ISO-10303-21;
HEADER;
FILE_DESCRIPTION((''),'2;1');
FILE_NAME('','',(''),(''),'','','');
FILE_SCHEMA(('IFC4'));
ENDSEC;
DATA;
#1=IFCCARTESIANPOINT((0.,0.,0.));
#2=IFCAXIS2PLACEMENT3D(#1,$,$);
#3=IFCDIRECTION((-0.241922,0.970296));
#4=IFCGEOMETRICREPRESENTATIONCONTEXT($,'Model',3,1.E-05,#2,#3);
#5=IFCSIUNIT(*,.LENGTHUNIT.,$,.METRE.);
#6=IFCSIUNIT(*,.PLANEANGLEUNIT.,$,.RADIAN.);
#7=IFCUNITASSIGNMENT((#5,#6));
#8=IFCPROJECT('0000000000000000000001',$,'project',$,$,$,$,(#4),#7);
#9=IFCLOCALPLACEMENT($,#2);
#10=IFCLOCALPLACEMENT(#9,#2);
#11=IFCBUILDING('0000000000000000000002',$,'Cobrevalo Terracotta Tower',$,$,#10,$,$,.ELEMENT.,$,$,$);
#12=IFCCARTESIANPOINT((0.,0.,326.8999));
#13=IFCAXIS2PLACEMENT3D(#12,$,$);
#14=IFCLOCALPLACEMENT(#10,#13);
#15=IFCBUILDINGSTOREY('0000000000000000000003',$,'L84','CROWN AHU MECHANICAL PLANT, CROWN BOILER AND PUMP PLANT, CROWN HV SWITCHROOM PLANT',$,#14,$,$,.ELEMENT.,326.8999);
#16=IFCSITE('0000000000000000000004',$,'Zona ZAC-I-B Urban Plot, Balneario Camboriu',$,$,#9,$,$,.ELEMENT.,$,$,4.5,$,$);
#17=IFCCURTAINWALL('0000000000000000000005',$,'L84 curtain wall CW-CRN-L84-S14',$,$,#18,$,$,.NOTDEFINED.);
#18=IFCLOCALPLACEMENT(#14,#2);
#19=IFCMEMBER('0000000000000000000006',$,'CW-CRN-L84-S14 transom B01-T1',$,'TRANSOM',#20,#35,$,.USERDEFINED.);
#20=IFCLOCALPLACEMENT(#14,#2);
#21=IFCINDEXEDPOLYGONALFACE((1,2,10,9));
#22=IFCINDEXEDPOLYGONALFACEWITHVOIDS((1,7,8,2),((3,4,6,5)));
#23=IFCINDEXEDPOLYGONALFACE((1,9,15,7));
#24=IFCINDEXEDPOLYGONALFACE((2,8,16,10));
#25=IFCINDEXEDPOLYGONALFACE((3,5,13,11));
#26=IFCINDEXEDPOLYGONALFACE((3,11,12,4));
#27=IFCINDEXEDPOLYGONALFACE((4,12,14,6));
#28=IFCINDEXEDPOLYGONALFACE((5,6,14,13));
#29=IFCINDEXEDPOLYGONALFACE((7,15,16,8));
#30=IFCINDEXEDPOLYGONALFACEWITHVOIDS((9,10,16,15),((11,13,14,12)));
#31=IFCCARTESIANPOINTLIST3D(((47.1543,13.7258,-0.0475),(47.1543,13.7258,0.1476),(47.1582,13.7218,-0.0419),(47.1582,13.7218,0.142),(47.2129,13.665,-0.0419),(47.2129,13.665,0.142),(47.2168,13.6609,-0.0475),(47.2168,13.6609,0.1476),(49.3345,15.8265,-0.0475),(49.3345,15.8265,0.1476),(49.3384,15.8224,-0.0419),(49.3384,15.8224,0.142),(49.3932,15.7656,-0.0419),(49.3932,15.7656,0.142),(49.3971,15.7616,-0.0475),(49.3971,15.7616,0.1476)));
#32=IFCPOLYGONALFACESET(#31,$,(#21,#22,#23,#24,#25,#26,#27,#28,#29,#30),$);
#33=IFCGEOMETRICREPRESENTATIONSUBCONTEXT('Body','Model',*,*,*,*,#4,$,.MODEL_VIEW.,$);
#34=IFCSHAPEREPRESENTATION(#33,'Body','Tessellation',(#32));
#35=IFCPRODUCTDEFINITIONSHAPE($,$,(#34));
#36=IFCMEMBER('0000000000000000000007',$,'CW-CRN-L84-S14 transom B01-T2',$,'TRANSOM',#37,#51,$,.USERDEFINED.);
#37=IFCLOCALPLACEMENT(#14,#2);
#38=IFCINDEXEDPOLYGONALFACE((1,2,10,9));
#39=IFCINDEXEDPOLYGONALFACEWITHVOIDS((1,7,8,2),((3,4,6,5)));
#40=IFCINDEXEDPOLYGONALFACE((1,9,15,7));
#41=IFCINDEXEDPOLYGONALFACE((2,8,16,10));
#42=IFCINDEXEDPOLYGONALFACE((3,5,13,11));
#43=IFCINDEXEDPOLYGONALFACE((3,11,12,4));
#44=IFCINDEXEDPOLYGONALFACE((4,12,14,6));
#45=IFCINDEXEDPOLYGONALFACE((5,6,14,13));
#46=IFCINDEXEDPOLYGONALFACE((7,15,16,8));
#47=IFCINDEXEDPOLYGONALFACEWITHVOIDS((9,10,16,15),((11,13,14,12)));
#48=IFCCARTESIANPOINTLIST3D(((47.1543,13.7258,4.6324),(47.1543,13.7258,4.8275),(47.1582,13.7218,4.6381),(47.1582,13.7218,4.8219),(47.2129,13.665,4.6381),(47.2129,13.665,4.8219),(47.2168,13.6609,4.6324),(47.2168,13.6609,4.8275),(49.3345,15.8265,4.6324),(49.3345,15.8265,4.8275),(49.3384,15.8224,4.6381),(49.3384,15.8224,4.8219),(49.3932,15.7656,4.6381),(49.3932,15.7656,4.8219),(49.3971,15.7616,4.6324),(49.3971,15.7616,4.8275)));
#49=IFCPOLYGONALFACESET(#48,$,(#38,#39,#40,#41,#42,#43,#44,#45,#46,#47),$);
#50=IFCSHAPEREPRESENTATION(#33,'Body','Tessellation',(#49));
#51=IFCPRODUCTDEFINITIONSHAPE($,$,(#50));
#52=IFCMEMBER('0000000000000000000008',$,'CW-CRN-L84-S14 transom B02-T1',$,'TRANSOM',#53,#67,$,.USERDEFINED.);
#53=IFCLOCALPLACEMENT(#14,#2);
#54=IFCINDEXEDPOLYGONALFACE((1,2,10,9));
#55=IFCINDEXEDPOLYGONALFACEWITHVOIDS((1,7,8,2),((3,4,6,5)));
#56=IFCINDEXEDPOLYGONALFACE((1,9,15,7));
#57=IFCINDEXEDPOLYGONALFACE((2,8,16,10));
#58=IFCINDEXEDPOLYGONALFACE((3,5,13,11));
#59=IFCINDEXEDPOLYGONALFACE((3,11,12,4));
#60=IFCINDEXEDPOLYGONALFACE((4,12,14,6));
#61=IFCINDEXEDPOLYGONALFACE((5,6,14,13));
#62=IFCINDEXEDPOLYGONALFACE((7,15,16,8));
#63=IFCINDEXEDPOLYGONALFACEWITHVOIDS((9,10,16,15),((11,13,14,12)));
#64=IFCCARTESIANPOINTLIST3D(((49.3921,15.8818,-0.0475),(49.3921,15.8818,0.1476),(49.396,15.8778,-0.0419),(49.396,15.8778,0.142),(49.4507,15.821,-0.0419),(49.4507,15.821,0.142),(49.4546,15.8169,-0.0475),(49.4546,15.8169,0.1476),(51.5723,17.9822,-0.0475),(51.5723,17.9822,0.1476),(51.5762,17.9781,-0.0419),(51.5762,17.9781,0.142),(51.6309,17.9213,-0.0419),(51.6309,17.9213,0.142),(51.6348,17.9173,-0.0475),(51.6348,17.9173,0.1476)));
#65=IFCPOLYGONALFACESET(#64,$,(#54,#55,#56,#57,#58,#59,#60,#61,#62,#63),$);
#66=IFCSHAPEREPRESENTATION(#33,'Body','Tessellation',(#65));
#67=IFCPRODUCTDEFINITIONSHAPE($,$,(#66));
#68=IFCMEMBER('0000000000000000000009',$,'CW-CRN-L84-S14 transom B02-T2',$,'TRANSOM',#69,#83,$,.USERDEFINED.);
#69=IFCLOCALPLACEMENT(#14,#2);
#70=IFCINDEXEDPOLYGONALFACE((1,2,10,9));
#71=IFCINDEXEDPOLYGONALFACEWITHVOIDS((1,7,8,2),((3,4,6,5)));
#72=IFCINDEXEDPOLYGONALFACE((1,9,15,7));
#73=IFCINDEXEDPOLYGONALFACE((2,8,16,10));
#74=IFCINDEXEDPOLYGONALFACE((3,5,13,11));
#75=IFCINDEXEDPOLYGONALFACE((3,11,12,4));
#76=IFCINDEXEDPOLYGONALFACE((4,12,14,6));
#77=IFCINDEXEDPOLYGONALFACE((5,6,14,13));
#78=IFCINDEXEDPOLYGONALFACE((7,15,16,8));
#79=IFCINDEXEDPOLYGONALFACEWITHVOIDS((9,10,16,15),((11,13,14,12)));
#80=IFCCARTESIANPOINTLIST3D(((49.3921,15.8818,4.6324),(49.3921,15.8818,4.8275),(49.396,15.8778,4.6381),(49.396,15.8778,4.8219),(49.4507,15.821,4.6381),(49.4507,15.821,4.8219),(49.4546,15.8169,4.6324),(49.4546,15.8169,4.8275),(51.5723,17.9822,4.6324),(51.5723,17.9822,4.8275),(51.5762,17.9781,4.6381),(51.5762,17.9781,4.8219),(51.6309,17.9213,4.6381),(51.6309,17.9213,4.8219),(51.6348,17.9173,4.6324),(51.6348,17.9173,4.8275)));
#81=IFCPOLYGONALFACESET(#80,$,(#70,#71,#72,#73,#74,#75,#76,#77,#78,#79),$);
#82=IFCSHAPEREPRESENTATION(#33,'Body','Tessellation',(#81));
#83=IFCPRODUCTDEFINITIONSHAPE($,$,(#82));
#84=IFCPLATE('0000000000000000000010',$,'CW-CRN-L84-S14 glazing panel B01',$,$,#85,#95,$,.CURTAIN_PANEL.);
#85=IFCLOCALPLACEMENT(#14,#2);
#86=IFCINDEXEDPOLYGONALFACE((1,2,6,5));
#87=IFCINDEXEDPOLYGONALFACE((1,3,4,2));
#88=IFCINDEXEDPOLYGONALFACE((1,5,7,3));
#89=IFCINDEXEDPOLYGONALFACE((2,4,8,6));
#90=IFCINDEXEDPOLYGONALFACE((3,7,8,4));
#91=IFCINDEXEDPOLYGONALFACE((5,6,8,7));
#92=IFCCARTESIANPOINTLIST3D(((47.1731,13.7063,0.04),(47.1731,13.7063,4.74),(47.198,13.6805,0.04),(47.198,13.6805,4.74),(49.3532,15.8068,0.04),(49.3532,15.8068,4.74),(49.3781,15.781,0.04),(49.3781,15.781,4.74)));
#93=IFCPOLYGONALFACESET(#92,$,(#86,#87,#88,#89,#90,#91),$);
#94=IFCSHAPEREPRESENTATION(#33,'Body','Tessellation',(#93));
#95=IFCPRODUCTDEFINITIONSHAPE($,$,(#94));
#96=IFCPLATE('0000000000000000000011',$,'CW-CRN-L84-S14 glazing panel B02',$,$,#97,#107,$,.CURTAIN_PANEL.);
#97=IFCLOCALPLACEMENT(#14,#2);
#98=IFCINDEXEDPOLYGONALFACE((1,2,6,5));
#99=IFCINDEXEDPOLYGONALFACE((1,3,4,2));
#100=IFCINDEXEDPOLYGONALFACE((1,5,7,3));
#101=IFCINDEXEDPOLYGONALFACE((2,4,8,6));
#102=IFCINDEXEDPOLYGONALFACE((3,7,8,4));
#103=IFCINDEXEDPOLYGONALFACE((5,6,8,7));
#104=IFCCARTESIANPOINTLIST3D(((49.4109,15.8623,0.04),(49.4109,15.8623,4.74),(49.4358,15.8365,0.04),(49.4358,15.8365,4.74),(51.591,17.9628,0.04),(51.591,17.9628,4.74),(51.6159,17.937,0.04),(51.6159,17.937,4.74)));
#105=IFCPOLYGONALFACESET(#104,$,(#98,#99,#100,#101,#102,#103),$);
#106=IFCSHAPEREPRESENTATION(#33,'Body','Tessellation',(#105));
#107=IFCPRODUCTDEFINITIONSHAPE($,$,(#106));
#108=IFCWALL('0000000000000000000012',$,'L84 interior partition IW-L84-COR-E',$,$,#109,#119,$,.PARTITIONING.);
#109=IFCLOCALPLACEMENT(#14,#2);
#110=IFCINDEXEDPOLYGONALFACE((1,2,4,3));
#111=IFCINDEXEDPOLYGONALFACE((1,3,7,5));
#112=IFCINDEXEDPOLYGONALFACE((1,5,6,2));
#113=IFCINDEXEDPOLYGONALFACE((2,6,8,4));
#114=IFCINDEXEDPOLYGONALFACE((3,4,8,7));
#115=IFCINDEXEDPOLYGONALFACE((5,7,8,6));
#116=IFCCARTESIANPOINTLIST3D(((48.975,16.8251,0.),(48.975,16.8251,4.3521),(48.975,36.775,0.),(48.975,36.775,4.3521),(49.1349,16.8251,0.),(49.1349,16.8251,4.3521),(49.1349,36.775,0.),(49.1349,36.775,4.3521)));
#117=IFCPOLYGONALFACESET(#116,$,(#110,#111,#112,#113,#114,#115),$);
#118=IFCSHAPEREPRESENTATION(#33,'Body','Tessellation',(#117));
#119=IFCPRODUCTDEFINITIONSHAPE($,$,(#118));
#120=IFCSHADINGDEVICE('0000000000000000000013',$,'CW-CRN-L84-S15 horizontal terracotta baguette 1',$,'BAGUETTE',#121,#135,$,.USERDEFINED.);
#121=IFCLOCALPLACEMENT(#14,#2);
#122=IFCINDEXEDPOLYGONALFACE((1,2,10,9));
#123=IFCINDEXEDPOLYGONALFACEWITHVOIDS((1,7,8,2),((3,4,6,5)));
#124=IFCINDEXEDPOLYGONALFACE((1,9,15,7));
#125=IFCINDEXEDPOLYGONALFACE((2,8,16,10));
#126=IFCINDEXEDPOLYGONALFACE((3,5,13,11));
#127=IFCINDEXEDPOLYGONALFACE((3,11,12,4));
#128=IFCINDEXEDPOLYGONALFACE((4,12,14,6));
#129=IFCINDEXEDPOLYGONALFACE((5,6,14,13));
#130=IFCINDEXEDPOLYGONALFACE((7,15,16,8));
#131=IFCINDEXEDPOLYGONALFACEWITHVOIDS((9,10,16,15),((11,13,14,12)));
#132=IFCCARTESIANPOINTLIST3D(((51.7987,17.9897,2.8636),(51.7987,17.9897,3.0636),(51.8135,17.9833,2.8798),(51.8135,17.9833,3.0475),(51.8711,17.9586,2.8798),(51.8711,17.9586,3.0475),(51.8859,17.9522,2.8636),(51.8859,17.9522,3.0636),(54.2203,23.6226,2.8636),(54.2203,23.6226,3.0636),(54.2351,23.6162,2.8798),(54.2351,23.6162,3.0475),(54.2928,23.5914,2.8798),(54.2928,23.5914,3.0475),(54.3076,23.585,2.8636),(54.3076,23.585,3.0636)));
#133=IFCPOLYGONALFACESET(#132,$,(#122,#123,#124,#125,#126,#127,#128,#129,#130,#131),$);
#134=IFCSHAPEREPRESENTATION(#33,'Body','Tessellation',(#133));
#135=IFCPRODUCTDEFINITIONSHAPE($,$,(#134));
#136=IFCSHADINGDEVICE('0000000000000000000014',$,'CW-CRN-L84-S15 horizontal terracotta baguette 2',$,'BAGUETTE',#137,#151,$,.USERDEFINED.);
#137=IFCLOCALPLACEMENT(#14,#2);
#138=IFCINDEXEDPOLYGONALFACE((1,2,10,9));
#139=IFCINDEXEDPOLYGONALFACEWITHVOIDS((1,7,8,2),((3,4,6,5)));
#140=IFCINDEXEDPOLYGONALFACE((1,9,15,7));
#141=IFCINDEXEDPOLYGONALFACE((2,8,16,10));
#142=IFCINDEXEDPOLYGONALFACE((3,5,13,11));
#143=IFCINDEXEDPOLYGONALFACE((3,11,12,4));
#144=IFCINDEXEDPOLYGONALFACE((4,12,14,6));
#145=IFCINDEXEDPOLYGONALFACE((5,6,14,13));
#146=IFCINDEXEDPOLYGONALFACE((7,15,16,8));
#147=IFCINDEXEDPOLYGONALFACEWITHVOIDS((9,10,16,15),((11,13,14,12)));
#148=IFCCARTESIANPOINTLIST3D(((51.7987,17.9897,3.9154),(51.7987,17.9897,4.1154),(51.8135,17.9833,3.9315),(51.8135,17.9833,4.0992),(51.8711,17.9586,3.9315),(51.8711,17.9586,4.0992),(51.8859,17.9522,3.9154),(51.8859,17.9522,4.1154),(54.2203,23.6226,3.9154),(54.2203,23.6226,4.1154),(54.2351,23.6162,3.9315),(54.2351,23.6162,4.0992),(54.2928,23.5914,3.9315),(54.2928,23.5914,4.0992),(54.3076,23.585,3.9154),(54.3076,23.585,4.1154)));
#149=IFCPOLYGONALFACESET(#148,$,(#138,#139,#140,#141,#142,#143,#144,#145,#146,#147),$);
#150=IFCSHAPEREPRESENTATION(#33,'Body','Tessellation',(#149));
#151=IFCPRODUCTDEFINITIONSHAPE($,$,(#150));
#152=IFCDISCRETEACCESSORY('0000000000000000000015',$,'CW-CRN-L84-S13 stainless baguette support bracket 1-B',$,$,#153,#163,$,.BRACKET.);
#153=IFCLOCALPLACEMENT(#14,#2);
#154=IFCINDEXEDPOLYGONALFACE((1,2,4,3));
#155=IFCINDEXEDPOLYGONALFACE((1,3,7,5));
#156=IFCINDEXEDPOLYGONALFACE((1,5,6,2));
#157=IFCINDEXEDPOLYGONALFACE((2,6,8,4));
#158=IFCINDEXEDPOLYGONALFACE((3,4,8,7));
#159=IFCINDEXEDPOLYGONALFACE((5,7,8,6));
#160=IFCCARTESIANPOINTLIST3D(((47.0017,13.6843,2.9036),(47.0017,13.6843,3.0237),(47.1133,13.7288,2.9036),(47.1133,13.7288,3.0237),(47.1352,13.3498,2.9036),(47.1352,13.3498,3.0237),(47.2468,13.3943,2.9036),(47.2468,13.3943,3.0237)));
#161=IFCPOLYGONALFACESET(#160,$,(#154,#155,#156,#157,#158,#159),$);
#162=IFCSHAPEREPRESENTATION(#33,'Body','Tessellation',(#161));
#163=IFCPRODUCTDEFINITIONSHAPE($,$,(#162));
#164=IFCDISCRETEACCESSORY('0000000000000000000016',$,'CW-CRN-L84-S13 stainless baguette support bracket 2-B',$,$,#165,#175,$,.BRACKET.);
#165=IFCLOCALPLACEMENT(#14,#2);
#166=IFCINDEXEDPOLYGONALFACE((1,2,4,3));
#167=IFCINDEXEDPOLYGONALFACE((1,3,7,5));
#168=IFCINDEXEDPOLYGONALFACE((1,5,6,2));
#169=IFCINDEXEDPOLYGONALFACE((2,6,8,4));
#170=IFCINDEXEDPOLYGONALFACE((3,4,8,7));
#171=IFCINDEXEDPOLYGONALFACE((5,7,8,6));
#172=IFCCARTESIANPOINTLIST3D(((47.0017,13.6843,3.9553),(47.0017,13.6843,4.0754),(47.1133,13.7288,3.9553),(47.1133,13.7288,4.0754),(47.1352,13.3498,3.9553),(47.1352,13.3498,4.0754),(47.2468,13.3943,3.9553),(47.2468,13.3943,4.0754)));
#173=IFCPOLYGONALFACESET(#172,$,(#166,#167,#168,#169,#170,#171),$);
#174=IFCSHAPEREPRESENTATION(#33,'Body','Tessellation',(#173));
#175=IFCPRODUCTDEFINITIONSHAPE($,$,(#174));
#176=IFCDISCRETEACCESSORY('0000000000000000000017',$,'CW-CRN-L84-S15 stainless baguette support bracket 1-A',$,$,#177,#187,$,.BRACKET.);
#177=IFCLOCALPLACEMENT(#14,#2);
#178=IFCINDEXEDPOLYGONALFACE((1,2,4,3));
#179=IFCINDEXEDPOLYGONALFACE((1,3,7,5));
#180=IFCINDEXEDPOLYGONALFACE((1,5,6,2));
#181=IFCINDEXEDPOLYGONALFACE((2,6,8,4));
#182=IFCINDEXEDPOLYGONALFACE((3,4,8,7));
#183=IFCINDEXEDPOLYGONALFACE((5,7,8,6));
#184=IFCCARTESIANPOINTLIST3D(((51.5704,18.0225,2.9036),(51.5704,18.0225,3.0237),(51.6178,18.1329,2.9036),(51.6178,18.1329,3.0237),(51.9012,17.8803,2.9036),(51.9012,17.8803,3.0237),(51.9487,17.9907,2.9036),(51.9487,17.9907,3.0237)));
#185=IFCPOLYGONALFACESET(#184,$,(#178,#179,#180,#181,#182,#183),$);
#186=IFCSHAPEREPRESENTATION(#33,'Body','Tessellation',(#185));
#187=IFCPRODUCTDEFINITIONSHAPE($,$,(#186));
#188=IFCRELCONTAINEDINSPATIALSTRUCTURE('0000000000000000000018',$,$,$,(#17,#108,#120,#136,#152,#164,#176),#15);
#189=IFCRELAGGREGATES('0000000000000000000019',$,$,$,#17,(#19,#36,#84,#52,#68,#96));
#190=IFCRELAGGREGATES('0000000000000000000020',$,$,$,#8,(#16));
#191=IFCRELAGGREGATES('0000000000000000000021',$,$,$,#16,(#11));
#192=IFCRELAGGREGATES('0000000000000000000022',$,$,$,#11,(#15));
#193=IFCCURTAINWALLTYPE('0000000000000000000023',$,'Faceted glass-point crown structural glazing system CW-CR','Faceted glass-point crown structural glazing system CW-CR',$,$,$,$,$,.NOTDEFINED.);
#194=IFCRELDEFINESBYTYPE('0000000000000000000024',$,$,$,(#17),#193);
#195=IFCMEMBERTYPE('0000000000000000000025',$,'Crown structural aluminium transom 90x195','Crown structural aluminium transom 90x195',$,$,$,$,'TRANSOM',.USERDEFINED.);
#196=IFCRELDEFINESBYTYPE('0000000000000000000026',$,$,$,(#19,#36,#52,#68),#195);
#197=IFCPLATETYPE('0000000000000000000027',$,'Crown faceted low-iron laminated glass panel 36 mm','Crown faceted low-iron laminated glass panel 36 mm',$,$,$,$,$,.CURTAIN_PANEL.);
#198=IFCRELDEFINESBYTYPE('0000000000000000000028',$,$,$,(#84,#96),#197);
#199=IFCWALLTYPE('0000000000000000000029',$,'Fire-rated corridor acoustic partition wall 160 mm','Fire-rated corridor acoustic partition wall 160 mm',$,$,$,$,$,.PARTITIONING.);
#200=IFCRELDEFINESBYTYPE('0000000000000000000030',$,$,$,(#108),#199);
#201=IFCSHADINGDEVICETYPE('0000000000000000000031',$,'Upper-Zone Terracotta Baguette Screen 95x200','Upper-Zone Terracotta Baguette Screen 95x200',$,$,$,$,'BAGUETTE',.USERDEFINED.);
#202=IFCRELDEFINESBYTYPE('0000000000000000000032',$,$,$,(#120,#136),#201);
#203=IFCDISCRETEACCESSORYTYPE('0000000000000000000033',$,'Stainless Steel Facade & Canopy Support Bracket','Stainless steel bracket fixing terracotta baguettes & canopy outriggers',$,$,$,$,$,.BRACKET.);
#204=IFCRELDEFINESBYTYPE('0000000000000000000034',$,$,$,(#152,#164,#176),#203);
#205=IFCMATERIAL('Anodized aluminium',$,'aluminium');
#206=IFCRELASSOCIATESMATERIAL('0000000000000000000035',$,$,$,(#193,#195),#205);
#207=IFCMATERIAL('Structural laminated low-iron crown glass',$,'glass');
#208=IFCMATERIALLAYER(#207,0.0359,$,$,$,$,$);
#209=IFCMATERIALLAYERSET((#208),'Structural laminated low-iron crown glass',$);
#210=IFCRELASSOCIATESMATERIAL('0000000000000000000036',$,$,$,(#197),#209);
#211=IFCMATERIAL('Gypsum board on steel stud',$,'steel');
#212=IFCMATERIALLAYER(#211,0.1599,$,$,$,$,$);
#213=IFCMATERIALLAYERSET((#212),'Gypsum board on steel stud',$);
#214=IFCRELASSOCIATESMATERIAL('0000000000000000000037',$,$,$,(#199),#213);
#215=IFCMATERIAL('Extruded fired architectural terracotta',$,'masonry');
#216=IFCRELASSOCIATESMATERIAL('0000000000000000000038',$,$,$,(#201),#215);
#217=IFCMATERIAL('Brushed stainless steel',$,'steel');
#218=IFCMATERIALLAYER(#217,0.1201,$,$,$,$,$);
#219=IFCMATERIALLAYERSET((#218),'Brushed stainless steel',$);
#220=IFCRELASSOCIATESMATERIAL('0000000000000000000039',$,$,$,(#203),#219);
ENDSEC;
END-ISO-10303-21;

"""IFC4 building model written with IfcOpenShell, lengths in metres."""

from ifc_helpers import new_model, si_unit, direction, frame, frame_2d, origin, origin_2d, place, context, subcontext, project, spatial, rectangle, hollow_rectangle, extrude, source, transform, mapped, material, layer, layer_set, material_profile, profile_set, type_object, element, aggregate, save


model = new_model("IFC4")

# Units and contexts
model_context = context("Model", 3, precision=1e-05, world=origin(), true_north=direction((-0.241922, 0.970296)))
body_context = subcontext(model_context, "Body", "Model", "MODEL_VIEW")
ifc_project = project(units=[si_unit("LENGTHUNIT", "METRE"), si_unit("PLANEANGLEUNIT", "RADIAN")], contexts=[model_context])

# Site, building, storey
site_placement = place(None, origin())
site = spatial("IfcSite", under=ifc_project, at=site_placement, Name="Zona ZAC-I-B Urban Plot, Balneario Camboriu", CompositionType="ELEMENT", RefElevation=4.5)
building_placement = place(site_placement, origin())
building = spatial("IfcBuilding", under=site, at=building_placement, Name="Cobrevalo Terracotta Tower", CompositionType="ELEMENT")
storey_placement = place(building_placement, frame((0.0, 0.0, 326.8999)))
storey = spatial("IfcBuildingStorey", under=building, at=storey_placement, Name="L84", Description="CROWN AHU MECHANICAL PLANT, CROWN BOILER AND PUMP PLANT, CROWN HV SWITCHROOM PLANT", CompositionType="ELEMENT", Elevation=326.8999)

# Shared definitions
ifc_material_1 = material(Name="Anodized aluminium", Category="aluminium")
curtain_wall_type = type_object("IfcCurtainWallType", Name="Faceted glass-point crown structural glazing system CW-CR", Description="Faceted glass-point crown structural glazing system CW-CR", PredefinedType="NOTDEFINED", material=ifc_material_1)

# Curtain wall
curtain_wall_1_placement = place(storey_placement, origin())
curtain_wall_1 = element("IfcCurtainWall", 1, at=curtain_wall_1_placement, inside=storey, type_object=curtain_wall_type, Name="L84 curtain wall CW-CRN-L84-S14", PredefinedType="NOTDEFINED")
ifc_material_profile_1 = material_profile(ifc_material_1, hollow_rectangle(XDim=0.0901, YDim=0.1951, WallThickness=0.0056, at=origin_2d()), Name="CWT 90x195")
ifc_profile_set_1 = profile_set([ifc_material_profile_1], Name="Anodized aluminium")
member_type_1 = type_object("IfcMemberType", Name="Crown structural aluminium transom 90x195", Description="Crown structural aluminium transom 90x195", ElementType="TRANSOM", PredefinedType="USERDEFINED", material=ifc_profile_set_1)

# Members
shared_shape_1 = source(origin(), body_context, "Body", "SweptSolid", [
    extrude(hollow_rectangle(XDim=0.0901, YDim=0.1951, WallThickness=0.0056, at=origin_2d()), origin(), (0.0, 0.0, 1.0), 3.0276),
])
member_1_placement = place(storey_placement, frame((47.1855, 13.6934, 0.05), z_axis=(0.720129, 0.69384, 0.0), x_axis=(-0.69384, 0.720129, 0.0)))
member_1 = element("IfcMember", 2, at=member_1_placement, type_object=member_type_1, Name="CW-CRN-L84-S14 transom B01-T1", ObjectType="TRANSOM", PredefinedType="USERDEFINED", context=body_context, shape_type="MappedRepresentation", body=[
    mapped(shared_shape_1, transform((0.0, 0.0, 0.0), scale=1.0)),
])
member_2_placement = place(storey_placement, frame((47.1855, 13.6934, 4.73), z_axis=(0.720129, 0.69384, 0.0), x_axis=(-0.69384, 0.720129, 0.0)))
member_2 = element("IfcMember", 3, at=member_2_placement, type_object=member_type_1, Name="CW-CRN-L84-S14 transom B01-T2", ObjectType="TRANSOM", PredefinedType="USERDEFINED", context=body_context, shape_type="MappedRepresentation", body=[
    mapped(shared_shape_1, transform((0.0, 0.0, 0.0), scale=1.0)),
])
shared_shape_2 = source(origin(), body_context, "Body", "SweptSolid", [
    extrude(hollow_rectangle(XDim=0.0901, YDim=0.1951, WallThickness=0.0056, at=origin_2d()), origin(), (0.0, 0.0, 1.0), 3.0273),
])
member_3_placement = place(storey_placement, frame((49.4233, 15.8494, 0.05), z_axis=(0.720169, 0.693798, 0.0), x_axis=(-0.693798, 0.720169, 0.0)))
member_3 = element("IfcMember", 4, at=member_3_placement, type_object=member_type_1, Name="CW-CRN-L84-S14 transom B02-T1", ObjectType="TRANSOM", PredefinedType="USERDEFINED", context=body_context, shape_type="MappedRepresentation", body=[
    mapped(shared_shape_2, transform((0.0, 0.0, 0.0), scale=1.0)),
])
member_4_placement = place(storey_placement, frame((49.4233, 15.8494, 4.73), z_axis=(0.720169, 0.693798, 0.0), x_axis=(-0.693798, 0.720169, 0.0)))
member_4 = element("IfcMember", 5, at=member_4_placement, type_object=member_type_1, Name="CW-CRN-L84-S14 transom B02-T2", ObjectType="TRANSOM", PredefinedType="USERDEFINED", context=body_context, shape_type="MappedRepresentation", body=[
    mapped(shared_shape_2, transform((0.0, 0.0, 0.0), scale=1.0)),
])

# Plates
ifc_material_2 = material(Name="Structural laminated low-iron crown glass", Category="glass")
ifc_layer_1 = layer(ifc_material_2, 0.0359)
ifc_layer_set_1 = layer_set([ifc_layer_1], Name="Structural laminated low-iron crown glass")
plate_type = type_object("IfcPlateType", Name="Crown faceted low-iron laminated glass panel 36 mm", Description="Crown faceted low-iron laminated glass panel 36 mm", PredefinedType="CURTAIN_PANEL", material=ifc_layer_set_1)
shared_shape_3 = source(origin(), body_context, "Body", "SweptSolid", [
    extrude(rectangle(XDim=3.0273, YDim=0.0359, at=origin_2d()), origin(), (0.0, 0.0, 1.0), 4.7),
])
plate_1_placement = place(storey_placement, frame((48.2756, 14.7437, 0.04), z_axis=(0.0, 0.0, 1.0), x_axis=(0.720133, 0.693836, 0.0)))
plate_1 = element("IfcPlate", 6, at=plate_1_placement, type_object=plate_type, Name="CW-CRN-L84-S14 glazing panel B01", PredefinedType="CURTAIN_PANEL", context=body_context, shape_type="MappedRepresentation", body=[
    mapped(shared_shape_3, transform((0.0, 0.0, 0.0), scale=1.0)),
])
plate_2_placement = place(storey_placement, frame((50.5134, 16.8997, 0.04), z_axis=(0.0, 0.0, 1.0), x_axis=(0.720133, 0.693836, 0.0)))
plate_2 = element("IfcPlate", 7, at=plate_2_placement, type_object=plate_type, Name="CW-CRN-L84-S14 glazing panel B02", PredefinedType="CURTAIN_PANEL", context=body_context, shape_type="MappedRepresentation", body=[
    mapped(shared_shape_3, transform((0.0, 0.0, 0.0), scale=1.0)),
])
aggregate(curtain_wall_1, [member_1, member_2, plate_1, member_3, member_4, plate_2])

# Wall
ifc_material_3 = material(Name="Gypsum board on steel stud", Category="steel")
ifc_layer_2 = layer(ifc_material_3, 0.1599)
ifc_layer_set_2 = layer_set([ifc_layer_2], Name="Gypsum board on steel stud")
wall_type = type_object("IfcWallType", Name="Fire-rated corridor acoustic partition wall 160 mm", Description="Fire-rated corridor acoustic partition wall 160 mm", PredefinedType="PARTITIONING", material=ifc_layer_set_2)
wall_placement = place(storey_placement, frame((49.0549, 16.825, 0.0), z_axis=(0.0, 0.0, 1.0), x_axis=(0.0, 1.0, 0.0)))
element("IfcWall", 8, at=wall_placement, inside=storey, type_object=wall_type, Name="L84 interior partition IW-L84-COR-E", PredefinedType="PARTITIONING", context=body_context, shape_type="SweptSolid", body=[
    extrude(rectangle(XDim=19.95, YDim=0.1599, at=frame_2d((9.9751, 0.0))), origin(), (0.0, 0.0, 1.0), 4.3521),
])

# Shading devices
ifc_material_4 = material(Name="Extruded fired architectural terracotta", Category="masonry")
ifc_material_profile_2 = material_profile(ifc_material_4, hollow_rectangle(XDim=0.095, YDim=0.2, WallThickness=0.0161, at=origin_2d()), Name="BAGUETTE 95x200")
ifc_profile_set_2 = profile_set([ifc_material_profile_2], Name="Extruded fired architectural terracotta")
shading_device_type = type_object("IfcShadingDeviceType", Name="Upper-Zone Terracotta Baguette Screen 95x200", Description="Upper-Zone Terracotta Baguette Screen 95x200", ElementType="BAGUETTE", PredefinedType="USERDEFINED", material=ifc_profile_set_2)
shared_shape_4 = source(origin(), body_context, "Body", "SweptSolid", [
    extrude(hollow_rectangle(XDim=0.095, YDim=0.2, WallThickness=0.0161, at=origin_2d()), origin(), (0.0, 0.0, 1.0), 6.1313),
])
for number, where, z_axis, x_axis, name in (
    (9, (51.8423, 17.9709, 2.9636), (0.394962, 0.918698, 0.0), (-0.918698, 0.394962, 0.0), "CW-CRN-L84-S15 horizontal terracotta baguette 1"),
    (10, (51.8423, 17.9709, 4.0154), (0.394962, 0.918698, 0.0), (-0.918698, 0.394962, 0.0), "CW-CRN-L84-S15 horizontal terracotta baguette 2"),
):
    element("IfcShadingDevice", number, at=place(storey_placement, frame(where, z_axis=z_axis, x_axis=x_axis)), inside=storey, type_object=shading_device_type, Name=name, ObjectType="BAGUETTE", PredefinedType="USERDEFINED", context=body_context, shape_type="MappedRepresentation", body=[
        mapped(shared_shape_4, transform((0.0, 0.0, 0.0), scale=1.0)),
    ])

# Discrete accessories
ifc_material_5 = material(Name="Brushed stainless steel", Category="steel")
ifc_layer_3 = layer(ifc_material_5, 0.1201)
ifc_layer_set_3 = layer_set([ifc_layer_3], Name="Brushed stainless steel")
discrete_accessory_type = type_object("IfcDiscreteAccessoryType", Name="Stainless Steel Facade & Canopy Support Bracket", Description="Stainless steel bracket fixing terracotta baguettes & canopy outriggers", PredefinedType="BRACKET", material=ifc_layer_set_3)
shared_shape_5 = source(origin(), body_context, "Body", "SweptSolid", [
    extrude(rectangle(XDim=0.1201, YDim=0.3601, at=origin_2d()), origin(), (0.0, 0.0, 1.0), 0.1201),
])
for number, where, z_axis, x_axis, name in (
    (11, (47.1243, 13.5393, 2.9036), (0.0, 0.0, 1.0), (0.928769, 0.37066, 0.0), "CW-CRN-L84-S13 stainless baguette support bracket 1-B"),
    (12, (47.1243, 13.5393, 3.9553), (0.0, 0.0, 1.0), (0.928769, 0.37066, 0.0), "CW-CRN-L84-S13 stainless baguette support bracket 2-B"),
    (13, (51.7595, 18.0066, 2.9036), (0.0, 0.0, 1.0), (0.39496, 0.918698, 0.0), "CW-CRN-L84-S15 stainless baguette support bracket 1-A"),
):
    element("IfcDiscreteAccessory", number, at=place(storey_placement, frame(where, z_axis=z_axis, x_axis=x_axis)), inside=storey, type_object=discrete_accessory_type, Name=name, PredefinedType="BRACKET", context=body_context, shape_type="MappedRepresentation", body=[
        mapped(shared_shape_5, transform((0.0, 0.0, 0.0), scale=1.0)),
    ])

save(model, "model.ifc")
